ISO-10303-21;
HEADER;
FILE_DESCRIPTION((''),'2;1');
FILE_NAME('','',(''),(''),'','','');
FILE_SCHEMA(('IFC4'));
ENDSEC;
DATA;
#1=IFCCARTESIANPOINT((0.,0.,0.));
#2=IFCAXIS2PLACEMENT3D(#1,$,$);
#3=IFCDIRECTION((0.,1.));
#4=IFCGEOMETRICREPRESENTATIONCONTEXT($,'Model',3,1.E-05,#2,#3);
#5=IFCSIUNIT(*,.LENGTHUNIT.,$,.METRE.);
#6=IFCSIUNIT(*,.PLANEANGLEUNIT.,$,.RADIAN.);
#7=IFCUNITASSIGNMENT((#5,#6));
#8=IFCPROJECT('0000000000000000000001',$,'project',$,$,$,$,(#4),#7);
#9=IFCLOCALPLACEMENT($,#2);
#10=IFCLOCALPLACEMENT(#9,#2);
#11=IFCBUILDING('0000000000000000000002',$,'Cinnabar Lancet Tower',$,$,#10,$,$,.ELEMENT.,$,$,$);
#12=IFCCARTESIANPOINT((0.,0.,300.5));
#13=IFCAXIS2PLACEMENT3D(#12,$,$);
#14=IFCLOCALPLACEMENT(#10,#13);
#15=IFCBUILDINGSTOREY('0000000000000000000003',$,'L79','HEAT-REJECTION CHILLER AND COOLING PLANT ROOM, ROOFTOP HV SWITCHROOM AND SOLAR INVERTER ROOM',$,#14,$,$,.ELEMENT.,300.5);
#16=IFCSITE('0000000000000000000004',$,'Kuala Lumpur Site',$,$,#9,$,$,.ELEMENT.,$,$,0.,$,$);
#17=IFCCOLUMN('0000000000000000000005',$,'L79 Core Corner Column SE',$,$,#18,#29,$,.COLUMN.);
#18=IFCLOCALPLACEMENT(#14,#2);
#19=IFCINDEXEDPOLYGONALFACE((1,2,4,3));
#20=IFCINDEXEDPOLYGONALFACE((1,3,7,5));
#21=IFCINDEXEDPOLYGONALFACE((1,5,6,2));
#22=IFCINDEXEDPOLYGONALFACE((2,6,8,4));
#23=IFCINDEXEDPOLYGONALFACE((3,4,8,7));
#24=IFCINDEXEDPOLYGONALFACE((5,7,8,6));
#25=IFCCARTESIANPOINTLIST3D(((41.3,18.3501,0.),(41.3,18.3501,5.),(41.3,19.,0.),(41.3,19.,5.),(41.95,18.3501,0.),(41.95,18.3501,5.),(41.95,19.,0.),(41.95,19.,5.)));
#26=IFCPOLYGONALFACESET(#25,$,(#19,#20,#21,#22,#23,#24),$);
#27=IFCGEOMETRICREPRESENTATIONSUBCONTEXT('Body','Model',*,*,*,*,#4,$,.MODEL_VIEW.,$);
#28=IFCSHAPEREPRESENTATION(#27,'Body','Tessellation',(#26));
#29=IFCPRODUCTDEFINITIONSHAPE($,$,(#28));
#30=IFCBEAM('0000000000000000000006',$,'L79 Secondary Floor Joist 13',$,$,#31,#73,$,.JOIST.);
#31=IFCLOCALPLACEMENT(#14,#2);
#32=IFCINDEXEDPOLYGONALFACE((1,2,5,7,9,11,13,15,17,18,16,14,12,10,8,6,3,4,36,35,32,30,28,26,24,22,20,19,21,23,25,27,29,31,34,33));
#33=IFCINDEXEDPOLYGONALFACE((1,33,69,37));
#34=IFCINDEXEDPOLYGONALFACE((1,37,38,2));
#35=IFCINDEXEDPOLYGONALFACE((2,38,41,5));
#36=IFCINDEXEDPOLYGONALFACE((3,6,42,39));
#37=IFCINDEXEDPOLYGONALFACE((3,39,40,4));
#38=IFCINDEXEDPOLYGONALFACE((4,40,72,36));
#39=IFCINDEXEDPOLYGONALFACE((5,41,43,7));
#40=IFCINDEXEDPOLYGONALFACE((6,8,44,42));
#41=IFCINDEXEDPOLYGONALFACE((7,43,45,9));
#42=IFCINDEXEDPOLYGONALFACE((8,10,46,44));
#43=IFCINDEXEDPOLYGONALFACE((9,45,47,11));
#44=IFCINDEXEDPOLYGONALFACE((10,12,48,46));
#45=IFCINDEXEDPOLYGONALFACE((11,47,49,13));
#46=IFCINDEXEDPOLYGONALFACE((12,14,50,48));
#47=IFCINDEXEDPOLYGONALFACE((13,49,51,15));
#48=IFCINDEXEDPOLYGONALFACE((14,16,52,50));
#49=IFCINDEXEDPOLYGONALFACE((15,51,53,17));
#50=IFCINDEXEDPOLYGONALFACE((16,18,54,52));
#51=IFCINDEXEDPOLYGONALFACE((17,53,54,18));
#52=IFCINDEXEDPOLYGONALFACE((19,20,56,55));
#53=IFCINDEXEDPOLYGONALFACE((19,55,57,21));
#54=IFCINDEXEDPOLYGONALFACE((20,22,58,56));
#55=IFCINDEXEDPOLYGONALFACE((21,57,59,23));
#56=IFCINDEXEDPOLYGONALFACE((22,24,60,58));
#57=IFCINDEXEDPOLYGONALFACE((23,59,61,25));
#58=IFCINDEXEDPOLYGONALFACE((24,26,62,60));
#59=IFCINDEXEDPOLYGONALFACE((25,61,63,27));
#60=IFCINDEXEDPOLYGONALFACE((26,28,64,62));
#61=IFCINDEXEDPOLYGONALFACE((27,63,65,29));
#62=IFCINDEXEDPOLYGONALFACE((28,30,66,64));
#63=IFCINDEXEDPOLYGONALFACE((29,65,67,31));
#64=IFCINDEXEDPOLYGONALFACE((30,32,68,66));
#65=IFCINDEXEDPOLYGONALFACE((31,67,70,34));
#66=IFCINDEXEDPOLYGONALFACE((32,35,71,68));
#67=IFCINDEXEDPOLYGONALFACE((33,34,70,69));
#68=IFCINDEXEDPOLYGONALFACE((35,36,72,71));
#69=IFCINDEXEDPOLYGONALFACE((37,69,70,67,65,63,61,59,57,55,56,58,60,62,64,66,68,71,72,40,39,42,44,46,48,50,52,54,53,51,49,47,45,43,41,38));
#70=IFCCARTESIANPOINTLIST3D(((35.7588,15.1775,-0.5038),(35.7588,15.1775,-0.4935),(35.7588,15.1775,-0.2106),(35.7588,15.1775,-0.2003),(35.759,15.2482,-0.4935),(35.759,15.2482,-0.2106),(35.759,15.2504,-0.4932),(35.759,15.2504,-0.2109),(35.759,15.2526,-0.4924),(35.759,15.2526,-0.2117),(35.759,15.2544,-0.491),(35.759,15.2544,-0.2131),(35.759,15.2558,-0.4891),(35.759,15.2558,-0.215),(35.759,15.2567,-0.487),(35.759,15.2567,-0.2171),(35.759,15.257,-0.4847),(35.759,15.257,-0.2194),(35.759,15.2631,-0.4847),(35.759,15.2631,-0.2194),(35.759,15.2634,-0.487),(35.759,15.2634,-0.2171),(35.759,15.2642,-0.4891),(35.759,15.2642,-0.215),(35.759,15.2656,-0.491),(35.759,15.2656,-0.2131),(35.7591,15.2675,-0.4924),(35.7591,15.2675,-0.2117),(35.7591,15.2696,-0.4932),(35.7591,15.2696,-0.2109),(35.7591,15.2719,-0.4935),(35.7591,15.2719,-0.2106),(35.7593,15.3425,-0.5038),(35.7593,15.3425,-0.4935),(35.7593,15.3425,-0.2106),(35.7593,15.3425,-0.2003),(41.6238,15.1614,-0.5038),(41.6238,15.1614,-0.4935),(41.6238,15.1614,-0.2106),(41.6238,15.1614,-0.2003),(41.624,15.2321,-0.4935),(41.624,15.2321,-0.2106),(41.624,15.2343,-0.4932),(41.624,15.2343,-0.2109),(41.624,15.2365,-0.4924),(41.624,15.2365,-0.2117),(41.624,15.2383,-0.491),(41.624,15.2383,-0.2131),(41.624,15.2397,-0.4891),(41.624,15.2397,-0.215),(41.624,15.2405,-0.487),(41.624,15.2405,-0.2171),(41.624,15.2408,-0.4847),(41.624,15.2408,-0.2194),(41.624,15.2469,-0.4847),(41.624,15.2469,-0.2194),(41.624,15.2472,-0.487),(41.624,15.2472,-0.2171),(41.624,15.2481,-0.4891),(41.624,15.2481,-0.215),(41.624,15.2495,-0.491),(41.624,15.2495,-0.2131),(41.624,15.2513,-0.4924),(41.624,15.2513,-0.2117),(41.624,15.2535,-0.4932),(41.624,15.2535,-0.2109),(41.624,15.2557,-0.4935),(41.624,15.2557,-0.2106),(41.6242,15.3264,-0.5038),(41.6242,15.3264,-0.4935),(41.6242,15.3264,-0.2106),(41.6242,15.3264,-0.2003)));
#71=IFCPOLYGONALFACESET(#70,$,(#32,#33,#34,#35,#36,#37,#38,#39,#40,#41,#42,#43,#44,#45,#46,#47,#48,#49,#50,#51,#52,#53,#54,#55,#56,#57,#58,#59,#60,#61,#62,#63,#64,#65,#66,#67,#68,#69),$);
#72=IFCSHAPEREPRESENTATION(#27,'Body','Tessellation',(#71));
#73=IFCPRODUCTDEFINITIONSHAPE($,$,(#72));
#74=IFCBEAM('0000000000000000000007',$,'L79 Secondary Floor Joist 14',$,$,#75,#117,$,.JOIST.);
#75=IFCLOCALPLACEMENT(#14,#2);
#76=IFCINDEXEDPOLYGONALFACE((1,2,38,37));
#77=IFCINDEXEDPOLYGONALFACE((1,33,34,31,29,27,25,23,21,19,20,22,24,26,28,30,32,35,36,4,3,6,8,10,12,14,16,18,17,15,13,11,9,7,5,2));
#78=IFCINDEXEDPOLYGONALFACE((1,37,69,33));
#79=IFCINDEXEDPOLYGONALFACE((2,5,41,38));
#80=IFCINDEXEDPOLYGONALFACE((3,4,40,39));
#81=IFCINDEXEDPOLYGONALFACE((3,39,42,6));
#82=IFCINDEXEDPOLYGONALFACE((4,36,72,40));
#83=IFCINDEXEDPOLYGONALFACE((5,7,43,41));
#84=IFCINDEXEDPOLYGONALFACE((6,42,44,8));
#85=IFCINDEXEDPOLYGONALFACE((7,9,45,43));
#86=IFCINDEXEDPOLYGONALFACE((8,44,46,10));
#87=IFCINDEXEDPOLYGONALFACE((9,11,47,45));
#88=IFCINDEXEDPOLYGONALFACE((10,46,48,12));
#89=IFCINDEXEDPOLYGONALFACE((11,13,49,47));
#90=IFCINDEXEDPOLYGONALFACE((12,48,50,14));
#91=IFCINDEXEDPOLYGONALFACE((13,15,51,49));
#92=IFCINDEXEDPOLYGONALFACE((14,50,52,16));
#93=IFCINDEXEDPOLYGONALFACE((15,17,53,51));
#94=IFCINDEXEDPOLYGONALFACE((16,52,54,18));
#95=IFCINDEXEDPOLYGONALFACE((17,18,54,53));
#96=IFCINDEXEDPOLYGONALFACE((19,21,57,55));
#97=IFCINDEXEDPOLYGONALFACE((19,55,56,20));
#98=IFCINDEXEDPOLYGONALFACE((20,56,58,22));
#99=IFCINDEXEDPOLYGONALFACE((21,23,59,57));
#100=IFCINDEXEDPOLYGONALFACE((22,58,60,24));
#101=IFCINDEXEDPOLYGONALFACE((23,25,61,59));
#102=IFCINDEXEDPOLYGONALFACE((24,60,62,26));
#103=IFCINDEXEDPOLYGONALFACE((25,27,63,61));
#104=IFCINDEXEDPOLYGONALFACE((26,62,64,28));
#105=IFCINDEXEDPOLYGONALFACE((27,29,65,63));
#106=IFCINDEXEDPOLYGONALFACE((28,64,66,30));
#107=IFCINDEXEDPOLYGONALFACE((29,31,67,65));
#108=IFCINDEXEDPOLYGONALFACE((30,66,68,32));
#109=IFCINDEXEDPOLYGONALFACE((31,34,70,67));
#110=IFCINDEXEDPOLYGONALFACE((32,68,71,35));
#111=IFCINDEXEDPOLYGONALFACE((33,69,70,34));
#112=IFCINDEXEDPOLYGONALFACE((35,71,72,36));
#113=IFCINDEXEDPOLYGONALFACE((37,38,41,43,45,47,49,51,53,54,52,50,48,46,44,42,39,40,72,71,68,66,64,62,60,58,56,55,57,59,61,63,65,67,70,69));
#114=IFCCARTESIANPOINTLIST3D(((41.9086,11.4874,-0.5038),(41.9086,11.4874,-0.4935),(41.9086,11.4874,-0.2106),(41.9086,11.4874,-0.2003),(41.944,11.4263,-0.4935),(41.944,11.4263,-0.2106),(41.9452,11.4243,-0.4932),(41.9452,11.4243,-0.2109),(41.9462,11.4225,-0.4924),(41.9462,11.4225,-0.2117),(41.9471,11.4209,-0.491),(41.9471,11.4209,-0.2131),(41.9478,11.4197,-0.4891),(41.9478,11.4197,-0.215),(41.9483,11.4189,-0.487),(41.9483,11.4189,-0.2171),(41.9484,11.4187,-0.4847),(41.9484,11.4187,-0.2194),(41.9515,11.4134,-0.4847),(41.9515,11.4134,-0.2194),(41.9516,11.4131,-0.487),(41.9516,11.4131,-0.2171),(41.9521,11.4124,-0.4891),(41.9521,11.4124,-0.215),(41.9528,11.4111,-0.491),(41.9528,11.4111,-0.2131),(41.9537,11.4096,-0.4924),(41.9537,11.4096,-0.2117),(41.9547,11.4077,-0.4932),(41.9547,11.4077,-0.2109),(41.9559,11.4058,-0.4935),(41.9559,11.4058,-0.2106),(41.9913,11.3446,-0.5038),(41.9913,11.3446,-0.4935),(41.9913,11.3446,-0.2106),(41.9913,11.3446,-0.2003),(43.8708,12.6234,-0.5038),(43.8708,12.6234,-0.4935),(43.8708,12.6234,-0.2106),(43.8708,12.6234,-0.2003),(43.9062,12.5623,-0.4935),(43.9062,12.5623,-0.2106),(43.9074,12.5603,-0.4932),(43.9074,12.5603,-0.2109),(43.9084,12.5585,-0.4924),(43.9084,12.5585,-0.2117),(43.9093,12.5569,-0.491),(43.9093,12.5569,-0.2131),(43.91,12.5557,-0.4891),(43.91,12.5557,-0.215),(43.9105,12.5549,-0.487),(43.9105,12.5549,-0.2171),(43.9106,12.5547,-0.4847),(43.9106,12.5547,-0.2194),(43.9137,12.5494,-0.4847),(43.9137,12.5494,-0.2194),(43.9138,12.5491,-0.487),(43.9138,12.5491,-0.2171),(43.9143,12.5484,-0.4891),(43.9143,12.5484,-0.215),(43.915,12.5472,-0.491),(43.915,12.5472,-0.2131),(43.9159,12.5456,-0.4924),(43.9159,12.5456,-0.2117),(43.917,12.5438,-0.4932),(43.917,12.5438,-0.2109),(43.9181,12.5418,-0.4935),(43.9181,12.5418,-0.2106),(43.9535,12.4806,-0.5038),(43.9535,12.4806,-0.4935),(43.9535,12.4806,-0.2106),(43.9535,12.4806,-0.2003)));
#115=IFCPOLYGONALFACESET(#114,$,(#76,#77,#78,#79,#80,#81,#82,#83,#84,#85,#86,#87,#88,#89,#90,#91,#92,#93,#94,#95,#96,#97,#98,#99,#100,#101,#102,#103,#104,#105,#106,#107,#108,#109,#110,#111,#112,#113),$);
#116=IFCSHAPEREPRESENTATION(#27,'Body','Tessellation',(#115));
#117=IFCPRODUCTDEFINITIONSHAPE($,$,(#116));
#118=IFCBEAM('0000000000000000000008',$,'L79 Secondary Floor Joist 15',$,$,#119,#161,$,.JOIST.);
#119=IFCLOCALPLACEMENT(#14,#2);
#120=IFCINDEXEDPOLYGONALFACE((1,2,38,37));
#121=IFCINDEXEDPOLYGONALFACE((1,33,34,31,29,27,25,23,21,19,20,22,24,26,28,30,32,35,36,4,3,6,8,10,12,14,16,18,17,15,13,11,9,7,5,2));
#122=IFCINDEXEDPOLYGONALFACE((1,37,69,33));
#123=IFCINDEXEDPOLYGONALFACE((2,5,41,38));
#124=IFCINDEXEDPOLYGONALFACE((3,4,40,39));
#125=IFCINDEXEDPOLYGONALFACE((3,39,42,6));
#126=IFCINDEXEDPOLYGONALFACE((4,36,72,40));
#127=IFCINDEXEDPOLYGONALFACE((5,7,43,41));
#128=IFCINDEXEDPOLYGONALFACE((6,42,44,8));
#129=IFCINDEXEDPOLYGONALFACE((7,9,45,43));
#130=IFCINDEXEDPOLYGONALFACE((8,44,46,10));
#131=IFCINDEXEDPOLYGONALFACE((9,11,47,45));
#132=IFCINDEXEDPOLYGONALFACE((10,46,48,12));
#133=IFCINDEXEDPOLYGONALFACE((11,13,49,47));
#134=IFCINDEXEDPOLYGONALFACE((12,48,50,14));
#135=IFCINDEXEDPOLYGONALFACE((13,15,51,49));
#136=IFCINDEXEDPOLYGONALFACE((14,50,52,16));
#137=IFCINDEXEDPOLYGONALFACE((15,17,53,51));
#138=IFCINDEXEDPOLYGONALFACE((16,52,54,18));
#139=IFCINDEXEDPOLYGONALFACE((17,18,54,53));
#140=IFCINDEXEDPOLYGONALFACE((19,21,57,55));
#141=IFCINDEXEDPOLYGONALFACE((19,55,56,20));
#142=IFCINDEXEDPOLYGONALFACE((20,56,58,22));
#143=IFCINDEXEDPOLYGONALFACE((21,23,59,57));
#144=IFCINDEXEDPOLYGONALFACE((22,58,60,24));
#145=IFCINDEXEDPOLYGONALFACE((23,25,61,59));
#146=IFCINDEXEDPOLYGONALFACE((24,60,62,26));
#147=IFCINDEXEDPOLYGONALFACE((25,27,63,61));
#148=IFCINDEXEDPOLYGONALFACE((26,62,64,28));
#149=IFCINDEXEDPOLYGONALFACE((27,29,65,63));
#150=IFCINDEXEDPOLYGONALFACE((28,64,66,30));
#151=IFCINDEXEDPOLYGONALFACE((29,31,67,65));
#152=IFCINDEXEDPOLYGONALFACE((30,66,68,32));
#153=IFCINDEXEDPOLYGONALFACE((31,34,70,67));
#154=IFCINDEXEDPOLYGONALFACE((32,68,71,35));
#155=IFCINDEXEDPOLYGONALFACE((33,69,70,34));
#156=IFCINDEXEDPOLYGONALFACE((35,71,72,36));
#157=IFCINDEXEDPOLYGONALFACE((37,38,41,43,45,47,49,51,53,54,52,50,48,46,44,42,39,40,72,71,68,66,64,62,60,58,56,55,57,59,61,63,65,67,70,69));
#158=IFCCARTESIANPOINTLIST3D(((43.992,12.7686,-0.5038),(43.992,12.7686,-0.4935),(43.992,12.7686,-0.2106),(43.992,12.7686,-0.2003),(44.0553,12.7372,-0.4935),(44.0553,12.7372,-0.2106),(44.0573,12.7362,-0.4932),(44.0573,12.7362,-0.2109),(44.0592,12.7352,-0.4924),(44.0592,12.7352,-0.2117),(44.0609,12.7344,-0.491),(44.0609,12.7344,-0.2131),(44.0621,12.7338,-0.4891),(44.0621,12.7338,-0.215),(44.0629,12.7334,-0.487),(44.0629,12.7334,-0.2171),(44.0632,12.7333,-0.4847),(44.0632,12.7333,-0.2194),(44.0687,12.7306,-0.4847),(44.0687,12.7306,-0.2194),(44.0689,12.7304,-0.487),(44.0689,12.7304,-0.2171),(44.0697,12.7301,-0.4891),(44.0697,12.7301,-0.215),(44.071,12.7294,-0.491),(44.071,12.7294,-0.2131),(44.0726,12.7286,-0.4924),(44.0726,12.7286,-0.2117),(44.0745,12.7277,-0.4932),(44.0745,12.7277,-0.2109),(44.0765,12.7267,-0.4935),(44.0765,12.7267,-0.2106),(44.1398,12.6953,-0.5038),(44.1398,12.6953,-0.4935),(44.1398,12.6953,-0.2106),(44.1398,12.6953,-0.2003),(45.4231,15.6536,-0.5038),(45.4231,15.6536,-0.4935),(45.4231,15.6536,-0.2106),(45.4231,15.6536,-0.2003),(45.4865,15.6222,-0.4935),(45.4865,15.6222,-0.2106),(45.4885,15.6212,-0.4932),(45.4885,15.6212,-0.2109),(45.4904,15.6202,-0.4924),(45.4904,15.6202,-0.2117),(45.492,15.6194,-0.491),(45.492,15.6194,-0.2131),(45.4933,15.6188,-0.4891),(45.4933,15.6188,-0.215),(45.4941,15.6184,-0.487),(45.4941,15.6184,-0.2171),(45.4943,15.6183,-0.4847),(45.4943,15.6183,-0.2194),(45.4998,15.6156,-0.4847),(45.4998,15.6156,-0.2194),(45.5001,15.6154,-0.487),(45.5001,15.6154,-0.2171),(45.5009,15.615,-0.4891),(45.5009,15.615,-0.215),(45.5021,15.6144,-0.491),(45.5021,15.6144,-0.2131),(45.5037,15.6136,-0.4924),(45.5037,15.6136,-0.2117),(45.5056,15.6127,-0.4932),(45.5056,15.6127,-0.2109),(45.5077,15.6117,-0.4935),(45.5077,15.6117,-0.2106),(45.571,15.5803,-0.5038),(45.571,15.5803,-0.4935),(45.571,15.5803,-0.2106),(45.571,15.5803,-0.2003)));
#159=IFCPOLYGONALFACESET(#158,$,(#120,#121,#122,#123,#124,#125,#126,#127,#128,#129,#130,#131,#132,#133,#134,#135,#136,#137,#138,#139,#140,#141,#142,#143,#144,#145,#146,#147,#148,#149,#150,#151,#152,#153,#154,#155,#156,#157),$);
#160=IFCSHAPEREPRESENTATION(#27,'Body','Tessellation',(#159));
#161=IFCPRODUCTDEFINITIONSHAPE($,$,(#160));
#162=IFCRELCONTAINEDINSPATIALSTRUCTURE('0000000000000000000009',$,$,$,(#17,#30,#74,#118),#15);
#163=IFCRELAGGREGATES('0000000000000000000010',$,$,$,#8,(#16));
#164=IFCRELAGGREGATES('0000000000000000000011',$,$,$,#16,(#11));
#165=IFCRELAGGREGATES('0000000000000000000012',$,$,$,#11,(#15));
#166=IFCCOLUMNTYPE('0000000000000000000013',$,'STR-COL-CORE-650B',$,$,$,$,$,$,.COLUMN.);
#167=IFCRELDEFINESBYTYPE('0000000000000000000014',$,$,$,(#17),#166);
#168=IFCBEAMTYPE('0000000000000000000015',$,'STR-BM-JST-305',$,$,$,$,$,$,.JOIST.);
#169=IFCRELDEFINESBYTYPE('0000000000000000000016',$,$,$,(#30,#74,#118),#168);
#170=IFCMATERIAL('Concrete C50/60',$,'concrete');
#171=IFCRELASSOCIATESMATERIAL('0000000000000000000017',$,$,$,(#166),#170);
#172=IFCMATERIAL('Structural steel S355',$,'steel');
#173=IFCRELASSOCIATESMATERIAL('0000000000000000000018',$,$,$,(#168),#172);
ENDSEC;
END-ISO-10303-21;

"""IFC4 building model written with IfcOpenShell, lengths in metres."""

from ifc_helpers import new_model, si_unit, direction, frame, origin, origin_2d, place, context, subcontext, project, spatial, rectangle, i_section, extrude, material, material_profile, profile_set, type_object, element, save


model = new_model("IFC4")

# Units and contexts
model_context = context("Model", 3, precision=1e-05, world=origin(), true_north=direction((0.0, 1.0)))
body_context = subcontext(model_context, "Body", "Model", "MODEL_VIEW")
ifc_project = project(units=[si_unit("LENGTHUNIT", "METRE"), si_unit("PLANEANGLEUNIT", "RADIAN")], contexts=[model_context])

# Site, building, storey
site_placement = place(None, origin())
site = spatial("IfcSite", under=ifc_project, at=site_placement, Name="Kuala Lumpur Site", CompositionType="ELEMENT", RefElevation=0.0)
building_placement = place(site_placement, origin())
building = spatial("IfcBuilding", under=site, at=building_placement, Name="Cinnabar Lancet Tower", CompositionType="ELEMENT")
storey_placement = place(building_placement, frame((0.0, 0.0, 300.5)))
storey = spatial("IfcBuildingStorey", under=building, at=storey_placement, Name="L79", Description="HEAT-REJECTION CHILLER AND COOLING PLANT ROOM, ROOFTOP HV SWITCHROOM AND SOLAR INVERTER ROOM", CompositionType="ELEMENT", Elevation=300.5)

# Column
ifc_material_1 = material(Name="Concrete C50/60", Category="concrete")
ifc_material_profile_1 = material_profile(ifc_material_1, rectangle(XDim=0.6499, YDim=0.6499, at=origin_2d()), Name="RC-COL 650x650")
ifc_profile_set_1 = profile_set([ifc_material_profile_1], Name="Concrete C50/60")
column_type = type_object("IfcColumnType", Name="STR-COL-CORE-650B", PredefinedType="COLUMN", material=ifc_profile_set_1)
column_placement = place(storey_placement, frame((41.625, 18.675, 0.0), z_axis=(0.0, 0.0, 1.0), x_axis=(1.0, 0.0, 0.0)))
element("IfcColumn", 1, at=column_placement, inside=storey, type_object=column_type, Name="L79 Core Corner Column SE", PredefinedType="COLUMN", context=body_context, shape_type="SweptSolid", body=[
    extrude(rectangle(XDim=0.6499, YDim=0.6499, at=origin_2d()), origin(), (0.0, 0.0, 1.0), 5.0),
])

# Beams
ifc_material_2 = material(Name="Structural steel S355", Category="steel")
ifc_material_profile_2 = material_profile(ifc_material_2, i_section(OverallWidth=0.165, OverallDepth=0.3035, WebThickness=0.0061, FlangeThickness=0.0103, FilletRadius=0.0088, at=origin_2d()), Name="UKB 305x165x40")
ifc_profile_set_2 = profile_set([ifc_material_profile_2], Name="Structural steel S355")
beam_type_1 = type_object("IfcBeamType", Name="STR-BM-JST-305", PredefinedType="JOIST", material=ifc_profile_set_2)
beam_1_placement = place(storey_placement, frame((35.759, 15.26, -0.3521), z_axis=(0.999996, -0.002747, 0.0), x_axis=(0.002747, 0.999996, 0.0)))
element("IfcBeam", 2, at=beam_1_placement, inside=storey, type_object=beam_type_1, Name="L79 Secondary Floor Joist 13", PredefinedType="JOIST", context=body_context, shape_type="SweptSolid", body=[
    extrude(i_section(OverallWidth=0.165, OverallDepth=0.3035, WebThickness=0.0061, FlangeThickness=0.0103, FilletRadius=0.0088, at=origin_2d()), origin(), (0.0, 0.0, 1.0), 5.865),
])
beam_2_placement = place(storey_placement, frame((41.95, 11.416, -0.3521), z_axis=(0.865426, 0.501036, 0.0), x_axis=(-0.501036, 0.865426, 0.0)))
element("IfcBeam", 3, at=beam_2_placement, inside=storey, type_object=beam_type_1, Name="L79 Secondary Floor Joist 14", PredefinedType="JOIST", context=body_context, shape_type="SweptSolid", body=[
    extrude(i_section(OverallWidth=0.165, OverallDepth=0.3035, WebThickness=0.0061, FlangeThickness=0.0103, FilletRadius=0.0088, at=origin_2d()), origin(), (0.0, 0.0, 1.0), 2.2673),
])
beam_3_placement = place(storey_placement, frame((44.0659, 12.7319, -0.3521), z_axis=(0.444391, 0.895833, 0.0), x_axis=(-0.895833, 0.444391, 0.0)))
element("IfcBeam", 4, at=beam_3_placement, inside=storey, type_object=beam_type_1, Name="L79 Secondary Floor Joist 15", PredefinedType="JOIST", context=body_context, shape_type="SweptSolid", body=[
    extrude(i_section(OverallWidth=0.165, OverallDepth=0.3035, WebThickness=0.0061, FlangeThickness=0.0103, FilletRadius=0.0088, at=origin_2d()), origin(), (0.0, 0.0, 1.0), 3.2205),
])

save(model, "model.ifc")
